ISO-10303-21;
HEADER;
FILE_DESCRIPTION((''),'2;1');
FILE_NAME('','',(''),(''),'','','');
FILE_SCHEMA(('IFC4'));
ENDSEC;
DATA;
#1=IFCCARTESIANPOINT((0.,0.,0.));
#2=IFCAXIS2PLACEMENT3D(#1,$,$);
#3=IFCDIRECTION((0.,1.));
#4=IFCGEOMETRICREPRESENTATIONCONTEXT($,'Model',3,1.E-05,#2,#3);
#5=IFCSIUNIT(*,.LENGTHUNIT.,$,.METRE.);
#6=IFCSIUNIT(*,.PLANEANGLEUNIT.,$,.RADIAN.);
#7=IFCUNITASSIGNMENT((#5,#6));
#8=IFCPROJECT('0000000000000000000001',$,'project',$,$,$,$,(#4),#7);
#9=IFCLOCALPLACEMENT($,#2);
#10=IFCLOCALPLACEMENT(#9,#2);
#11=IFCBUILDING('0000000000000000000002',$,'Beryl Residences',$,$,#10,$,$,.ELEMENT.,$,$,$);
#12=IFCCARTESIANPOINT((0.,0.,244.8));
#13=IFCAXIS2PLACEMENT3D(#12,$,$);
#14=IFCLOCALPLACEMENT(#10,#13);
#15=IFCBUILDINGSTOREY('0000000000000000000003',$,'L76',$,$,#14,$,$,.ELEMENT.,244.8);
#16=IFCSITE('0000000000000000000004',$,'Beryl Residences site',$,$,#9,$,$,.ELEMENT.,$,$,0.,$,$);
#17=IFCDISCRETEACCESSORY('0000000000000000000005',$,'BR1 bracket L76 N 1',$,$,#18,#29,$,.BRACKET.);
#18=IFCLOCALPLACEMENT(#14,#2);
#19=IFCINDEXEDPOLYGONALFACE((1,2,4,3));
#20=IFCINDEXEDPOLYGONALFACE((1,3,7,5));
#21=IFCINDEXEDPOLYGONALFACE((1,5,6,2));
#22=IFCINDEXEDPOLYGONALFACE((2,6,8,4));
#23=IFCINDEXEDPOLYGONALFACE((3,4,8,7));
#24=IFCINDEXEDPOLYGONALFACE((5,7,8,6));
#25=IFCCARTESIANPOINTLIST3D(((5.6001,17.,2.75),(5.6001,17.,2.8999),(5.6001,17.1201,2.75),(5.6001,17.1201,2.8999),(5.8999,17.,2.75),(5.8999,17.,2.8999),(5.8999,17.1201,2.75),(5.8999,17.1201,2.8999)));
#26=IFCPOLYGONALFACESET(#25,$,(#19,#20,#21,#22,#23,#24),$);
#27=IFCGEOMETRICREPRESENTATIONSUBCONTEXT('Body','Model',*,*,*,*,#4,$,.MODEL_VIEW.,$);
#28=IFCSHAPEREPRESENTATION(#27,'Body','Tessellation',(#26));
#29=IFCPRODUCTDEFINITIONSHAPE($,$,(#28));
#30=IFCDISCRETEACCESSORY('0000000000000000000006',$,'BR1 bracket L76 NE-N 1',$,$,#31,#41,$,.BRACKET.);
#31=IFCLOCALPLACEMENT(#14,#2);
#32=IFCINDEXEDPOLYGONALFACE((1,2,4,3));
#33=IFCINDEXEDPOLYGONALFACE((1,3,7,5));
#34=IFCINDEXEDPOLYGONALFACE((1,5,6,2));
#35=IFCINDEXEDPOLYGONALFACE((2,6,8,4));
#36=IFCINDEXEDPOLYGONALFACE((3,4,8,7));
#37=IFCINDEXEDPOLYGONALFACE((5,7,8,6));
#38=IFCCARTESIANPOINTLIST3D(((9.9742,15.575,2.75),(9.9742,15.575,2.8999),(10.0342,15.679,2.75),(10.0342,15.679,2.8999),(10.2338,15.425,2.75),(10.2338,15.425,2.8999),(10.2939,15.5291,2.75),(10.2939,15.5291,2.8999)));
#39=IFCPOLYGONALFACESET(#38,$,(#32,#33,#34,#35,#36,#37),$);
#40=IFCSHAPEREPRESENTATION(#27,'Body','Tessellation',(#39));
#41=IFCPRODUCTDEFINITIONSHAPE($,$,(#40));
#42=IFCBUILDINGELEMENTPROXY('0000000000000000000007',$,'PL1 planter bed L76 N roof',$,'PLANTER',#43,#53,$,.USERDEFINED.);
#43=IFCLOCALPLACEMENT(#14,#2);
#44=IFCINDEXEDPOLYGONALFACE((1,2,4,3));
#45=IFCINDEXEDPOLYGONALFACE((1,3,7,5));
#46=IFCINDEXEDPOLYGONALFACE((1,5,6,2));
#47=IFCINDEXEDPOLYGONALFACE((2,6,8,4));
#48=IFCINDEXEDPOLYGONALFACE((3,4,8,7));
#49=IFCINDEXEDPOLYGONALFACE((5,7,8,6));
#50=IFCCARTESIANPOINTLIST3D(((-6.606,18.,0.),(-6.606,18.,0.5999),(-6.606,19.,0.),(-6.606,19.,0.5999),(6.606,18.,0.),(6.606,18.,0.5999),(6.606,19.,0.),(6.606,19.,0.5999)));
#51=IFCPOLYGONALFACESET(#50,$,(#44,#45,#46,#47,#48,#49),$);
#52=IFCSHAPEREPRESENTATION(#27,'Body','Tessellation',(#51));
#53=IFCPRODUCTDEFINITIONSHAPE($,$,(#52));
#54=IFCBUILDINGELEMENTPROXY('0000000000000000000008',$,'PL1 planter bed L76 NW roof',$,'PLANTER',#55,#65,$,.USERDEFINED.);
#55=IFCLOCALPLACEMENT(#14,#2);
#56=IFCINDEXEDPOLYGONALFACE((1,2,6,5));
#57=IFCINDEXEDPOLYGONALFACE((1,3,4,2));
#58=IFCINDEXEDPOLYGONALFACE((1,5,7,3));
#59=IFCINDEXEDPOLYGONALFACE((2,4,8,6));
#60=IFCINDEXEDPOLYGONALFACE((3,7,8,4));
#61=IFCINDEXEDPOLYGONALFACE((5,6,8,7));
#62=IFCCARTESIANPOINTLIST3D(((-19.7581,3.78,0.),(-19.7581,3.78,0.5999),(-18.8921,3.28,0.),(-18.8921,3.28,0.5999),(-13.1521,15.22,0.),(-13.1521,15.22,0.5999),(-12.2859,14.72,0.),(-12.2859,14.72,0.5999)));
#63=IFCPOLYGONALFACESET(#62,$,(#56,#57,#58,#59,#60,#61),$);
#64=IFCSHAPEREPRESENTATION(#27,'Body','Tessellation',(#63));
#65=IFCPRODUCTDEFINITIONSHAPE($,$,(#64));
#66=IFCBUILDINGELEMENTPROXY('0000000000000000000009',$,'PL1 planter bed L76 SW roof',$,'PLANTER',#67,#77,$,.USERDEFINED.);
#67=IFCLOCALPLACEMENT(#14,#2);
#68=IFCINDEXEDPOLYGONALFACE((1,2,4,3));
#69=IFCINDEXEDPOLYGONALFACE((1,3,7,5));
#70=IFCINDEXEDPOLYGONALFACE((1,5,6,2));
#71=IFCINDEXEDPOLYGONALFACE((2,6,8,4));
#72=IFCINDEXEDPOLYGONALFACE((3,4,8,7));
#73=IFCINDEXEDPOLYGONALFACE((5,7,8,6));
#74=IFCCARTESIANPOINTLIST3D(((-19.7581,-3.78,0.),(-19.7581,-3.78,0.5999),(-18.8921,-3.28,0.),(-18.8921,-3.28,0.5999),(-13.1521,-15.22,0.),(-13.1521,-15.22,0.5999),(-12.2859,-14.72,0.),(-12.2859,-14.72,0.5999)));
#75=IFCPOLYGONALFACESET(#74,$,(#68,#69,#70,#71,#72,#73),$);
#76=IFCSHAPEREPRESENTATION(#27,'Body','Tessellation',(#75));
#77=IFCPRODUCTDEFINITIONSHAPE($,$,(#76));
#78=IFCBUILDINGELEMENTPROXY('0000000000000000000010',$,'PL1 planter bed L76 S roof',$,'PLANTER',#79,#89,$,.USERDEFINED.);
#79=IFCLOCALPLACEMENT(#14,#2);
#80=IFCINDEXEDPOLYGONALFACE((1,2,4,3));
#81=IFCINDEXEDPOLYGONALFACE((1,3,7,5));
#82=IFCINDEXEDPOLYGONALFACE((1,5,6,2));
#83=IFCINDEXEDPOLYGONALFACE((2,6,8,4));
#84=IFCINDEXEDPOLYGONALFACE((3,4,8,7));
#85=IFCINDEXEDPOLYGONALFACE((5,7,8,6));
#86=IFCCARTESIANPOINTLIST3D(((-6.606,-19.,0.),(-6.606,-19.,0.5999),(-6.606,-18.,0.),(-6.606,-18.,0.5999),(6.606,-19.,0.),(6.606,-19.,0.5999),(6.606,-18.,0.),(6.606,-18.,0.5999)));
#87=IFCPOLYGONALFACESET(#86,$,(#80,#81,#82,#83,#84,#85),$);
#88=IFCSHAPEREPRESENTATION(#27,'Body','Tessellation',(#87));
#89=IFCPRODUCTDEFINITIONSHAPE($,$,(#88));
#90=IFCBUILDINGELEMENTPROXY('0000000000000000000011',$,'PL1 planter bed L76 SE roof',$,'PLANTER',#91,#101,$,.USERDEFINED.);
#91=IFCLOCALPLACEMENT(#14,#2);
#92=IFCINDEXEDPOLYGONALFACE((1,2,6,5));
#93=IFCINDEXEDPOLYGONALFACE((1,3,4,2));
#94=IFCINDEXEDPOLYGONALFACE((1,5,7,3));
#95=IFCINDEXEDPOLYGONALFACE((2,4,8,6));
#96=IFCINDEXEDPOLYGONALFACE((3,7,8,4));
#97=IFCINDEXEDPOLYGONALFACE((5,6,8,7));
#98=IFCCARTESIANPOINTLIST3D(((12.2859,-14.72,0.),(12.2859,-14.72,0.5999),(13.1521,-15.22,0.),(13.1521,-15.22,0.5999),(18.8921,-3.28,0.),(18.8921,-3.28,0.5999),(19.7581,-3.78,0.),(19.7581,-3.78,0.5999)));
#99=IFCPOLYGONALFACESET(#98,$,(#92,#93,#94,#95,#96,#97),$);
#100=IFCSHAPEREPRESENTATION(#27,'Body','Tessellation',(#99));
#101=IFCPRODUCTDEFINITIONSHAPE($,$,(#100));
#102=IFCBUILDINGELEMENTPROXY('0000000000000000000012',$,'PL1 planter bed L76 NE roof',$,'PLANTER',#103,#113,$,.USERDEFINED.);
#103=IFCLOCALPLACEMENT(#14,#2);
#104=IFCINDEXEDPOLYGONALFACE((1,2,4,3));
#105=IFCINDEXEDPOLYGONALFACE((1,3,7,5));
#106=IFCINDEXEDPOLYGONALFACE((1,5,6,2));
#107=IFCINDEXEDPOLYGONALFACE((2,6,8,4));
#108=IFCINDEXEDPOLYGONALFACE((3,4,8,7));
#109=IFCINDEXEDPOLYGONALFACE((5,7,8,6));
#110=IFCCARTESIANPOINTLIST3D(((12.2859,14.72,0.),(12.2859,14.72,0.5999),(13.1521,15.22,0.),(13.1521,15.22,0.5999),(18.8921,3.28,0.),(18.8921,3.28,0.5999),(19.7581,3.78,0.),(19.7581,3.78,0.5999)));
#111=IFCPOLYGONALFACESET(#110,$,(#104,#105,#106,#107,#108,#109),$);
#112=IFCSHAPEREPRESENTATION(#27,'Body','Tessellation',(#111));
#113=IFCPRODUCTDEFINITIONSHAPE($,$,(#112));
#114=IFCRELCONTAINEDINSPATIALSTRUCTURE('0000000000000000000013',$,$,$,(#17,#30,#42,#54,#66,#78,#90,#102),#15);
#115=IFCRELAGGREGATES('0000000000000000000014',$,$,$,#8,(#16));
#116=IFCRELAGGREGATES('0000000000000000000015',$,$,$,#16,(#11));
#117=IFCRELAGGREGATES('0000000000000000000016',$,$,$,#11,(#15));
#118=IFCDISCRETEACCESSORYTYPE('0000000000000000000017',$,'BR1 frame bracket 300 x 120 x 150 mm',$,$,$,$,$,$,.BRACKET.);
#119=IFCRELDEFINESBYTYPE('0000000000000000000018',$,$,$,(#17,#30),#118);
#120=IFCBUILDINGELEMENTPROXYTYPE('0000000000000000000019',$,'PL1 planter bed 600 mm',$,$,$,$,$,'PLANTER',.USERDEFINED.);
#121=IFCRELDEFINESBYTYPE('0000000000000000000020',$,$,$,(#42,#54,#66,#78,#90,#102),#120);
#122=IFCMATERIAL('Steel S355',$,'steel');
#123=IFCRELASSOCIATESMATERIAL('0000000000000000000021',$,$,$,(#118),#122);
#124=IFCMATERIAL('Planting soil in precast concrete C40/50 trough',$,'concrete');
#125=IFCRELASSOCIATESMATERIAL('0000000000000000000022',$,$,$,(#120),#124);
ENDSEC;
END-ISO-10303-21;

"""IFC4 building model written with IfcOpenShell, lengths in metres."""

from ifc_helpers import new_model, si_unit, direction, frame, origin, place, context, subcontext, project, spatial, polyline, outline, extrude, source, transform, mapped, material, type_object, type_shapes, element, save


model = new_model("IFC4")

# Units and contexts
model_context = context("Model", 3, precision=1e-05, world=origin(), true_north=direction((0.0, 1.0)))
body_context = subcontext(model_context, "Body", "Model", "MODEL_VIEW")
ifc_project = project(units=[si_unit("LENGTHUNIT", "METRE"), si_unit("PLANEANGLEUNIT", "RADIAN")], contexts=[model_context])

# Site, building, storey
site_placement = place(None, origin())
site = spatial("IfcSite", under=ifc_project, at=site_placement, Name="Beryl Residences site", CompositionType="ELEMENT", RefElevation=0.0)
building_placement = place(site_placement, origin())
building = spatial("IfcBuilding", under=site, at=building_placement, Name="Beryl Residences", CompositionType="ELEMENT")
storey_placement = place(building_placement, frame((0.0, 0.0, 244.8)))
storey = spatial("IfcBuildingStorey", under=building, at=storey_placement, Name="L76", CompositionType="ELEMENT", Elevation=244.8)

# Discrete accessories
ifc_material_1 = material(Name="Steel S355", Category="steel")
discrete_accessory_type = type_object("IfcDiscreteAccessoryType", Name="BR1 frame bracket 300 x 120 x 150 mm", PredefinedType="BRACKET", material=ifc_material_1)
shared_shape_1 = source(origin(), body_context, "Body", "SweptSolid", [
    extrude(outline(polyline([(-0.1499, 0.0), (0.1499, 0.0), (0.1499, 0.1201), (-0.1499, 0.1201), (-0.1499, 0.0)])), origin(), (0.0, 0.0, 1.0), 0.1499),
])
type_shapes(discrete_accessory_type, [shared_shape_1])
for number, where, z_axis, x_axis, name in (
    (1, (5.75, 17.0, 2.75), (0.0, 0.0, 1.0), (1.0, 0.0, 0.0), "BR1 bracket L76 N 1"),
    (2, (10.104, 15.5, 2.75), (0.0, 0.0, 1.0), (0.866025, -0.5, 0.0), "BR1 bracket L76 NE-N 1"),
):
    element("IfcDiscreteAccessory", number, at=place(storey_placement, frame(where, z_axis=z_axis, x_axis=x_axis)), inside=storey, type_object=discrete_accessory_type, Name=name, PredefinedType="BRACKET", context=body_context, shape_type="MappedRepresentation", body=[
        mapped(shared_shape_1, transform((0.0, 0.0, 0.0))),
    ])

# Building element proxies
ifc_material_2 = material(Name="Planting soil in precast concrete C40/50 trough", Category="concrete")
building_element_proxy_type = type_object("IfcBuildingElementProxyType", Name="PL1 planter bed 600 mm", ElementType="PLANTER", PredefinedType="USERDEFINED", material=ifc_material_2)
proxy_1_placement = place(storey_placement, origin())
element("IfcBuildingElementProxy", 3, at=proxy_1_placement, inside=storey, type_object=building_element_proxy_type, Name="PL1 planter bed L76 N roof", ObjectType="PLANTER", PredefinedType="USERDEFINED", context=body_context, shape_type="SweptSolid", body=[
    extrude(outline(polyline([(6.606, 19.0), (-6.606, 19.0), (-6.606, 18.0), (6.606, 18.0), (6.606, 19.0)])), origin(), (0.0, 0.0, 1.0), 0.5999),
])
proxy_2_placement = place(storey_placement, origin())
element("IfcBuildingElementProxy", 4, at=proxy_2_placement, inside=storey, type_object=building_element_proxy_type, Name="PL1 planter bed L76 NW roof", ObjectType="PLANTER", PredefinedType="USERDEFINED", context=body_context, shape_type="SweptSolid", body=[
    extrude(outline(polyline([(-13.1521, 15.22), (-19.7581, 3.78), (-18.8921, 3.28), (-12.2859, 14.72), (-13.1521, 15.22)])), origin(), (0.0, 0.0, 1.0), 0.5999),
])
proxy_3_placement = place(storey_placement, origin())
element("IfcBuildingElementProxy", 5, at=proxy_3_placement, inside=storey, type_object=building_element_proxy_type, Name="PL1 planter bed L76 SW roof", ObjectType="PLANTER", PredefinedType="USERDEFINED", context=body_context, shape_type="SweptSolid", body=[
    extrude(outline(polyline([(-19.7581, -3.78), (-13.1521, -15.22), (-12.2859, -14.72), (-18.8921, -3.28), (-19.7581, -3.78)])), origin(), (0.0, 0.0, 1.0), 0.5999),
])
proxy_4_placement = place(storey_placement, origin())
element("IfcBuildingElementProxy", 6, at=proxy_4_placement, inside=storey, type_object=building_element_proxy_type, Name="PL1 planter bed L76 S roof", ObjectType="PLANTER", PredefinedType="USERDEFINED", context=body_context, shape_type="SweptSolid", body=[
    extrude(outline(polyline([(-6.606, -19.0), (6.606, -19.0), (6.606, -18.0), (-6.606, -18.0), (-6.606, -19.0)])), origin(), (0.0, 0.0, 1.0), 0.5999),
])
proxy_5_placement = place(storey_placement, origin())
element("IfcBuildingElementProxy", 7, at=proxy_5_placement, inside=storey, type_object=building_element_proxy_type, Name="PL1 planter bed L76 SE roof", ObjectType="PLANTER", PredefinedType="USERDEFINED", context=body_context, shape_type="SweptSolid", body=[
    extrude(outline(polyline([(13.1521, -15.22), (19.7581, -3.78), (18.8921, -3.28), (12.2859, -14.72), (13.1521, -15.22)])), origin(), (0.0, 0.0, 1.0), 0.5999),
])
proxy_6_placement = place(storey_placement, origin())
element("IfcBuildingElementProxy", 8, at=proxy_6_placement, inside=storey, type_object=building_element_proxy_type, Name="PL1 planter bed L76 NE roof", ObjectType="PLANTER", PredefinedType="USERDEFINED", context=body_context, shape_type="SweptSolid", body=[
    extrude(outline(polyline([(19.7581, 3.78), (13.1521, 15.22), (12.2859, 14.72), (18.8921, 3.28), (19.7581, 3.78)])), origin(), (0.0, 0.0, 1.0), 0.5999),
])

save(model, "model.ifc")
